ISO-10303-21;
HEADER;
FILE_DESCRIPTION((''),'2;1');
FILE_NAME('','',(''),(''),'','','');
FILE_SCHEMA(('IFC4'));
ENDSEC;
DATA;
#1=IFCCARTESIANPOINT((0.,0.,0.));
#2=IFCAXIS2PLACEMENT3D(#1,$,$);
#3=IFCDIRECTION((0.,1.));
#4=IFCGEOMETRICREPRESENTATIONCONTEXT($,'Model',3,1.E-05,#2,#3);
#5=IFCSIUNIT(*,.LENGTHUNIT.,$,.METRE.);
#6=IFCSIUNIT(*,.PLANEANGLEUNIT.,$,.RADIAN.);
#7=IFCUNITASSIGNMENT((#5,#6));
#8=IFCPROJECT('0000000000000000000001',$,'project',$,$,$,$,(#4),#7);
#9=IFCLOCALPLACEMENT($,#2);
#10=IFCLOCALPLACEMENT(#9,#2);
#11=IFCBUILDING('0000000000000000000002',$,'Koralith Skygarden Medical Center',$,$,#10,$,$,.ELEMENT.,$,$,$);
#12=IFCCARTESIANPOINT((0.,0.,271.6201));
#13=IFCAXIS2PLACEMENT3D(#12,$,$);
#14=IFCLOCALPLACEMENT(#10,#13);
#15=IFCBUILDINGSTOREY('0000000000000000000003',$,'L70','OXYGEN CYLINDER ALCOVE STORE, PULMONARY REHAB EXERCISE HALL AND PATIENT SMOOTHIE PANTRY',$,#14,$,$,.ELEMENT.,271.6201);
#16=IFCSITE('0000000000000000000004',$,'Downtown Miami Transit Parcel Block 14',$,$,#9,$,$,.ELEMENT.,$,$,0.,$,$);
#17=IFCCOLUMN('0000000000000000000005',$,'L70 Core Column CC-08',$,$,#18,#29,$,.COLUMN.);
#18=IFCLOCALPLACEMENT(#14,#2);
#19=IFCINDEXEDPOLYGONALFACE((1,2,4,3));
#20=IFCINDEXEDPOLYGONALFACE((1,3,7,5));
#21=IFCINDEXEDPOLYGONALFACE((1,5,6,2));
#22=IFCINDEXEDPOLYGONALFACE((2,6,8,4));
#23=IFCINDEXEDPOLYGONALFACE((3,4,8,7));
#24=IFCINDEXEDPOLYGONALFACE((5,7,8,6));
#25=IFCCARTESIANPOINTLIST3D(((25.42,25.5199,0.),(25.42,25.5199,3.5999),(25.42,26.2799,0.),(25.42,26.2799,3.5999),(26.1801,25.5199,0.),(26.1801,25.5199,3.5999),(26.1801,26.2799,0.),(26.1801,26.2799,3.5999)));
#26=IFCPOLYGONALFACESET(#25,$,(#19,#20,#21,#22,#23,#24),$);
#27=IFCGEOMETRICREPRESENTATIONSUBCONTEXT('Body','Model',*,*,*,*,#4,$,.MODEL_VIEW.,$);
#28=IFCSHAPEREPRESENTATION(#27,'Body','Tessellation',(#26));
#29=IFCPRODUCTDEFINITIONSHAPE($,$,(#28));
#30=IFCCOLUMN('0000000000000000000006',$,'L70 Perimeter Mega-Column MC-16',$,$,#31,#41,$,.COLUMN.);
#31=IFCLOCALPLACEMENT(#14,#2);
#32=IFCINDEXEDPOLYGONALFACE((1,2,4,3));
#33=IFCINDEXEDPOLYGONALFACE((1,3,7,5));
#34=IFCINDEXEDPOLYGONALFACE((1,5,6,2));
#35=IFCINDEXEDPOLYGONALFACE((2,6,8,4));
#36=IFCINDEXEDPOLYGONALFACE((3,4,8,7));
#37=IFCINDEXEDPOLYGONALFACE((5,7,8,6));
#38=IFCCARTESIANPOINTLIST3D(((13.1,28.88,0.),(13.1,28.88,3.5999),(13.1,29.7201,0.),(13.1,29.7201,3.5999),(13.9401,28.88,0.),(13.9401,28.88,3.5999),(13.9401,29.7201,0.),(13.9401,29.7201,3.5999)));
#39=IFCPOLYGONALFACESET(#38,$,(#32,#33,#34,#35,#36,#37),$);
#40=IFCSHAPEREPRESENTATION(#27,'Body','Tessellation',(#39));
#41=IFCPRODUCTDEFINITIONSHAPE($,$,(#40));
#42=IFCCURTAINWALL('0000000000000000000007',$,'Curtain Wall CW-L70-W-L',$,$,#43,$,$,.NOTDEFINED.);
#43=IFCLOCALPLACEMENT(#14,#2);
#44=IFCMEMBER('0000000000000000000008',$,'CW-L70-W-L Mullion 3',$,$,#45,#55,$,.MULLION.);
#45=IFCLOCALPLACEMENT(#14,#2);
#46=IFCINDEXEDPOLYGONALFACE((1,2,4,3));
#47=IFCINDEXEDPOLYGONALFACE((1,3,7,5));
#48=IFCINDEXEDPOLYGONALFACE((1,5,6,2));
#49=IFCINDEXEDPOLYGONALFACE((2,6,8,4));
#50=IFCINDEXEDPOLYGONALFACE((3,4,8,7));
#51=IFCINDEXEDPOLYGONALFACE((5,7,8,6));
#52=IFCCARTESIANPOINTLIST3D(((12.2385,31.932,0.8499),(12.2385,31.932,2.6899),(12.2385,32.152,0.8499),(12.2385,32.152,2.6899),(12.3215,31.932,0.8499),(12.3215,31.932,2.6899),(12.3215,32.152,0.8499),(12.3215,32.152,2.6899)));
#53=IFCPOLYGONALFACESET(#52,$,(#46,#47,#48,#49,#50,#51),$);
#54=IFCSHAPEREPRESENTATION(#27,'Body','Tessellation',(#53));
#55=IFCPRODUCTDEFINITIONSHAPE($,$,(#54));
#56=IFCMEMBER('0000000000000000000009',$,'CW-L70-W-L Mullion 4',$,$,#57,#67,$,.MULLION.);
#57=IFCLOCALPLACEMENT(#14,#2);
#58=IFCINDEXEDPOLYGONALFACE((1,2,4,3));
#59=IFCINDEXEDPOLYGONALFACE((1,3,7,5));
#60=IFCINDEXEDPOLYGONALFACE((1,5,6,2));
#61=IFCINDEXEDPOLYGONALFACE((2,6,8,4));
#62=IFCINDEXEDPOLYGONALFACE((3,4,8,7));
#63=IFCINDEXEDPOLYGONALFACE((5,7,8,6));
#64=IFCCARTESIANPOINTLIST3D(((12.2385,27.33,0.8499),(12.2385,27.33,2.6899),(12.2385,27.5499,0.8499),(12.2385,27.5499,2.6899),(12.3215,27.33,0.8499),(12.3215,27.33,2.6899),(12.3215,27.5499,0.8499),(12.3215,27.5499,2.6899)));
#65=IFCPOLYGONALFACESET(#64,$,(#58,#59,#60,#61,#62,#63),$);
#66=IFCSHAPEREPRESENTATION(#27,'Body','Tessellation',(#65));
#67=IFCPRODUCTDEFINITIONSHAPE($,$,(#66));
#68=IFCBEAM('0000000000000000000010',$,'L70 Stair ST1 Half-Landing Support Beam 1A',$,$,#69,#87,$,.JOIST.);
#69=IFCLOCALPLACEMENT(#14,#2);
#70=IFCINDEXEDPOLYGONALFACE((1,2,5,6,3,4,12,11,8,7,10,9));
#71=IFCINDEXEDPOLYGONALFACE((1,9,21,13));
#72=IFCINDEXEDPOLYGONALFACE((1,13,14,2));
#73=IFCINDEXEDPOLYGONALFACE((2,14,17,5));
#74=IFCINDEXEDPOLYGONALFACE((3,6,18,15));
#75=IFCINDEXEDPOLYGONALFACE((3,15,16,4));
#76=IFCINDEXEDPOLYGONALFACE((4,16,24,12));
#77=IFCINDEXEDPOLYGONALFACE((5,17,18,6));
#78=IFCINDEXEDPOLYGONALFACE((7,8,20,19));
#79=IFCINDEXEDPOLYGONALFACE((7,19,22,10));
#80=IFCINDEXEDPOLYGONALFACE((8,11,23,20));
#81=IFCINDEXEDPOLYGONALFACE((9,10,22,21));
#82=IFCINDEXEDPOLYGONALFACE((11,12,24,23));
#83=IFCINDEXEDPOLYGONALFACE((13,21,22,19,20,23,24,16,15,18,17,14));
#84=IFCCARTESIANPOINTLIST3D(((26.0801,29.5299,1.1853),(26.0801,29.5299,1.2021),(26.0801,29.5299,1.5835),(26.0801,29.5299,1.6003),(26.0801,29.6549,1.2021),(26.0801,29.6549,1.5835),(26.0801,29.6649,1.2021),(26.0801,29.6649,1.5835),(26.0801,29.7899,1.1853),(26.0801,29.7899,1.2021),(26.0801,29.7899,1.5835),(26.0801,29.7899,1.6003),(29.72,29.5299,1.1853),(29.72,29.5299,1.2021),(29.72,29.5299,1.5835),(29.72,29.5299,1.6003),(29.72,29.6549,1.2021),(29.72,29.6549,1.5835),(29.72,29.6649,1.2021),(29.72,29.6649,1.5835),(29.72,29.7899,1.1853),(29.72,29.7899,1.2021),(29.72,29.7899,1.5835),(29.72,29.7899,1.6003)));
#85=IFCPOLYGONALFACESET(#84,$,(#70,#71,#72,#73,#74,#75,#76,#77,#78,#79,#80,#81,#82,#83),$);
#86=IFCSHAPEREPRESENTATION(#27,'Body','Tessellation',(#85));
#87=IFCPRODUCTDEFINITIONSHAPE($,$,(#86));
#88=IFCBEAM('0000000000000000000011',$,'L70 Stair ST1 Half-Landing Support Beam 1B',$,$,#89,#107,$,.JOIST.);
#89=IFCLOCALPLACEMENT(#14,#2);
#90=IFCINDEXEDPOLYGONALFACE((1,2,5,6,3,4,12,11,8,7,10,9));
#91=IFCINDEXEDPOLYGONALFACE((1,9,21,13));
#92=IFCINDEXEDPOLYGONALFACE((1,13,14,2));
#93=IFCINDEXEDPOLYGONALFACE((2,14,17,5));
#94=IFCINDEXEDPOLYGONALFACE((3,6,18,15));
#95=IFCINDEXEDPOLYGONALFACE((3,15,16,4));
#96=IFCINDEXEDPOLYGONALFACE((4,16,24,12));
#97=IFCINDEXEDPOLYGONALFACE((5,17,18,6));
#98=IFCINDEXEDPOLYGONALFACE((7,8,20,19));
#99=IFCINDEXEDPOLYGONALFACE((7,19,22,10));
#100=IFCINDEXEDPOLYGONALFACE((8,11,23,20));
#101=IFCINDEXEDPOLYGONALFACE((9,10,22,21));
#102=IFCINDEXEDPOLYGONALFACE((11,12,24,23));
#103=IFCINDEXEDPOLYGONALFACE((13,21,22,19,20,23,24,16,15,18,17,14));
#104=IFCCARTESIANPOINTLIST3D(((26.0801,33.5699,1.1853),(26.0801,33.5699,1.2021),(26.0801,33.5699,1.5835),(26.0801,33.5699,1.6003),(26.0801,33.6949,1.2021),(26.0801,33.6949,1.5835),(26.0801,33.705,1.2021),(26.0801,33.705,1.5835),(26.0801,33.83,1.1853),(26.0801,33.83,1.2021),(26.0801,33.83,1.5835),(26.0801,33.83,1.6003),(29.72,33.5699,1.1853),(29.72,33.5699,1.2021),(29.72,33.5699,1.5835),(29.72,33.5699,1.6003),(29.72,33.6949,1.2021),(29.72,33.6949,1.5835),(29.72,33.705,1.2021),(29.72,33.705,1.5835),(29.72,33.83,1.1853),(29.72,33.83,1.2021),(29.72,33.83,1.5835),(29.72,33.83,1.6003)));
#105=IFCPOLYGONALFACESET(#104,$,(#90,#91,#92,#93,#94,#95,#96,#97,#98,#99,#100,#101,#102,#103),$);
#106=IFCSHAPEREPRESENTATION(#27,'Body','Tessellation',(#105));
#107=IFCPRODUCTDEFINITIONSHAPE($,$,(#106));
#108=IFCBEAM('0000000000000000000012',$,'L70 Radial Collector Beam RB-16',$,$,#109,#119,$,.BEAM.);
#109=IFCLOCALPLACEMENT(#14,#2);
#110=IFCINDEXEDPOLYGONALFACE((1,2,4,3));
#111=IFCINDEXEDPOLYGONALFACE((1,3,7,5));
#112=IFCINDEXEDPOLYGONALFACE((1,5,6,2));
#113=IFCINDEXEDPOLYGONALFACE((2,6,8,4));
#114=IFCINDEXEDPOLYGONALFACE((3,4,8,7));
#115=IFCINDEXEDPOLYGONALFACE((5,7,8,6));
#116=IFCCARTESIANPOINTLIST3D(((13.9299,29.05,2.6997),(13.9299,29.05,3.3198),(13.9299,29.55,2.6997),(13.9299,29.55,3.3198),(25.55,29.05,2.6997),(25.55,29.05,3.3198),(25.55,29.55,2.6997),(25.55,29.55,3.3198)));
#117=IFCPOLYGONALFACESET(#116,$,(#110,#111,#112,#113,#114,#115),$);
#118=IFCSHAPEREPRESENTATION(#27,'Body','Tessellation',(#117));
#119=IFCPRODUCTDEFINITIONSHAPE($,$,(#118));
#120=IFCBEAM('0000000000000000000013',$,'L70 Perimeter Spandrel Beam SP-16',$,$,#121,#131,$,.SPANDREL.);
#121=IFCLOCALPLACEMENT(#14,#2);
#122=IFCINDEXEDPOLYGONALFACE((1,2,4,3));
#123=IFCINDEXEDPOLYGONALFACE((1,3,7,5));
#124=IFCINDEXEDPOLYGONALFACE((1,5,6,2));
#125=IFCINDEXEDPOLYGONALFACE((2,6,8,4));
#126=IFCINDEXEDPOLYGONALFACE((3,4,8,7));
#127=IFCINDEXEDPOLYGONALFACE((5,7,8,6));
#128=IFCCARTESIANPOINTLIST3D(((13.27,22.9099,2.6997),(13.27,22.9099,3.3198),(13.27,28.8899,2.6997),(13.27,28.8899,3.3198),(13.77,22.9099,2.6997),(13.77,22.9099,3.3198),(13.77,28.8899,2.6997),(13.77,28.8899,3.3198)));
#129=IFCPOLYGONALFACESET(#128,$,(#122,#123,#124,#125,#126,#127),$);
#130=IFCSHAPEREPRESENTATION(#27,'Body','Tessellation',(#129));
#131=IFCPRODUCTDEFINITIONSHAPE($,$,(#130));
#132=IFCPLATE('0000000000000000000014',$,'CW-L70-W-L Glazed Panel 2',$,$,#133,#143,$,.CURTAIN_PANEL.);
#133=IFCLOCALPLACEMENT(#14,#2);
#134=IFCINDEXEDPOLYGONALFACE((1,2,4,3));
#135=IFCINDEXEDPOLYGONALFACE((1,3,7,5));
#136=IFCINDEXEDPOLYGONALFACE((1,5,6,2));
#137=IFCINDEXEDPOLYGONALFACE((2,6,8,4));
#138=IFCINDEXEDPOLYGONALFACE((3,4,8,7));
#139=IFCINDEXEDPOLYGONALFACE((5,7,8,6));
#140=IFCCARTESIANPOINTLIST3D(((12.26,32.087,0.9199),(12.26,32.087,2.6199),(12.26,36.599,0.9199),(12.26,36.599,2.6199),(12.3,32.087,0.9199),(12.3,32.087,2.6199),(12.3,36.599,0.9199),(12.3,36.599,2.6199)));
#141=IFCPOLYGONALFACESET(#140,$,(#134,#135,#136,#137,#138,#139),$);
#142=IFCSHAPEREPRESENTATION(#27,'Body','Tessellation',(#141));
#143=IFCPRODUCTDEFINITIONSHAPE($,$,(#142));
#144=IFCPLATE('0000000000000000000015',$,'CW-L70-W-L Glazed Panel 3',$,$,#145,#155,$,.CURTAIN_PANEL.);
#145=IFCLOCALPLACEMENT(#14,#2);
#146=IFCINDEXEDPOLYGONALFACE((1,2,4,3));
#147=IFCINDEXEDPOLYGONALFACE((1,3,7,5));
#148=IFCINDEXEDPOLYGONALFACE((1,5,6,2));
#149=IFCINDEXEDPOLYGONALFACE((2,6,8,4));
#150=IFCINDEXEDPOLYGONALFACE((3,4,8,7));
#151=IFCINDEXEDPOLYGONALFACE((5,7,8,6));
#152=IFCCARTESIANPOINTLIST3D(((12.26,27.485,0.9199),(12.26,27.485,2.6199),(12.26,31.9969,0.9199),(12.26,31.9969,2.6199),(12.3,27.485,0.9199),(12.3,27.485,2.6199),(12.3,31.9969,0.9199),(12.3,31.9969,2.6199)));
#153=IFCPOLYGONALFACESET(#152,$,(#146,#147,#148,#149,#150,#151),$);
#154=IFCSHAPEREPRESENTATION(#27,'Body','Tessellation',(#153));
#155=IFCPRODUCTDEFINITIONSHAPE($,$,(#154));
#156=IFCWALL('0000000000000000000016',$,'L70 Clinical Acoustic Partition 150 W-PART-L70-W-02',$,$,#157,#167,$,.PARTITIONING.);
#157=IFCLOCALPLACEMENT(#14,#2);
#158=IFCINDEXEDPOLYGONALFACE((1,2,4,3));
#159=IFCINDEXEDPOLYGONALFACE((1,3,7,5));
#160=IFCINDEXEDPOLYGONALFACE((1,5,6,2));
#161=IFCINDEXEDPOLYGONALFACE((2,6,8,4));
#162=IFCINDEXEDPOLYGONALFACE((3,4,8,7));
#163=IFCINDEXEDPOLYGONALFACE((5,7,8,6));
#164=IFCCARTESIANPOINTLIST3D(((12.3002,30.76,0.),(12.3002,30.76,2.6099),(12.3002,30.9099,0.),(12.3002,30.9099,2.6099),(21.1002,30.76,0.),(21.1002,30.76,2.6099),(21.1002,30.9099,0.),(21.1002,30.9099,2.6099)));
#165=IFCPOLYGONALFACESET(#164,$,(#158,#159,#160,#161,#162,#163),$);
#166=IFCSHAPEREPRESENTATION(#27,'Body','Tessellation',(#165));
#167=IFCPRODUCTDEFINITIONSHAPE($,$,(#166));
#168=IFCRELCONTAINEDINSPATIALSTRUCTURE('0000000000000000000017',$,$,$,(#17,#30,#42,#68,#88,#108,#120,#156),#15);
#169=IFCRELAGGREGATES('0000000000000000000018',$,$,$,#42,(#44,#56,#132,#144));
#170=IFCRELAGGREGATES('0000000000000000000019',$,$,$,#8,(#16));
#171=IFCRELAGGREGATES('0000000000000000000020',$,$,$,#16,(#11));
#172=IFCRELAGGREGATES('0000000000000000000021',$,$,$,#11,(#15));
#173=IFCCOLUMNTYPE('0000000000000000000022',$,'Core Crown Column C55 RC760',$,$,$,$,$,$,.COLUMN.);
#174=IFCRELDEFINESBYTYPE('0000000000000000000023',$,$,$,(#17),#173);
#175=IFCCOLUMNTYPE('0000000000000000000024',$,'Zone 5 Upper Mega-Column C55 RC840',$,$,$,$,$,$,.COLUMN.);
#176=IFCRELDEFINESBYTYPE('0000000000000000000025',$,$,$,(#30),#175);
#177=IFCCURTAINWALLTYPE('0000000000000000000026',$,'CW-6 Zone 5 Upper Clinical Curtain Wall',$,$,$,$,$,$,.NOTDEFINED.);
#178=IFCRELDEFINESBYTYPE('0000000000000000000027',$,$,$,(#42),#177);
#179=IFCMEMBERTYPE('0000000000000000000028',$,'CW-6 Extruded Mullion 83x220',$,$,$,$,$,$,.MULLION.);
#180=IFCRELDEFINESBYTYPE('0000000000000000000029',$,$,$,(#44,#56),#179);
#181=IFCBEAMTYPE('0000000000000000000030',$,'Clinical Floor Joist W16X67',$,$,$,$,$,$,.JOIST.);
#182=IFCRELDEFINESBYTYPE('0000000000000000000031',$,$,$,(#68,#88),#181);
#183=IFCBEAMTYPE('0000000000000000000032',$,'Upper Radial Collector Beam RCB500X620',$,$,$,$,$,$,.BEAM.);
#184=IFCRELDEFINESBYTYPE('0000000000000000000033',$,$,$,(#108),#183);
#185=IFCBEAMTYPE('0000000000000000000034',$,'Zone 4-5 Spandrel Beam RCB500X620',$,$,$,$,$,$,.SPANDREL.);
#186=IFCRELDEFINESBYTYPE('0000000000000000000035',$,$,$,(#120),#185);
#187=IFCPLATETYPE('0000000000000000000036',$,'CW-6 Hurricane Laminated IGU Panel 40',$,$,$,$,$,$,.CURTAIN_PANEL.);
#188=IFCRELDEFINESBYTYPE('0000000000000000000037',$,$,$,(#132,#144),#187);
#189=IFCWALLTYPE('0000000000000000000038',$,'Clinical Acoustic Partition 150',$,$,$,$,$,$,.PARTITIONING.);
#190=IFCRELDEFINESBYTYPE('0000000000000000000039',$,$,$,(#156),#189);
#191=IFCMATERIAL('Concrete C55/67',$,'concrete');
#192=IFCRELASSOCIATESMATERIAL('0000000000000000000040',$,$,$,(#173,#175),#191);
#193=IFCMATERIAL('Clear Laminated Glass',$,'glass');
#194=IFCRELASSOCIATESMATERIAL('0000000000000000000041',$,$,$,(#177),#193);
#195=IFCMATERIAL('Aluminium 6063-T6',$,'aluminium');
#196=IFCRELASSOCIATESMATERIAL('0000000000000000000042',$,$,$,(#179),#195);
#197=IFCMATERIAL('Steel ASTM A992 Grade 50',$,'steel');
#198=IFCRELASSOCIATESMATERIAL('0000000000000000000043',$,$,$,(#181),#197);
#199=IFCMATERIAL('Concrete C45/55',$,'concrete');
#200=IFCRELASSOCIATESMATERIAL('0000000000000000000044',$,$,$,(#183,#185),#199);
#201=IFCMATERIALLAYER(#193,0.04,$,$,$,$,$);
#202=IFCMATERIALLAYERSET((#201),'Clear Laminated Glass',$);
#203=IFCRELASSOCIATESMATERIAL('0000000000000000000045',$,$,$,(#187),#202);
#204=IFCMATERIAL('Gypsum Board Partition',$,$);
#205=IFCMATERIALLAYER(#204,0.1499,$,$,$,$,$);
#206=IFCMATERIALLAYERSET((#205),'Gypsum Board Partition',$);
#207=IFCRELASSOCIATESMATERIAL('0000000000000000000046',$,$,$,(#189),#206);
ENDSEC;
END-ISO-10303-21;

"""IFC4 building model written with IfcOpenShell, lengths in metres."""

from ifc_helpers import new_model, si_unit, direction, frame, frame_2d, origin, origin_2d, place, context, subcontext, project, spatial, rectangle, i_section, extrude, material, layer, layer_set, material_profile, profile_set, type_object, element, aggregate, save


model = new_model("IFC4")

# Units and contexts
model_context = context("Model", 3, precision=1e-05, world=origin(), true_north=direction((0.0, 1.0)))
body_context = subcontext(model_context, "Body", "Model", "MODEL_VIEW")
ifc_project = project(units=[si_unit("LENGTHUNIT", "METRE"), si_unit("PLANEANGLEUNIT", "RADIAN")], contexts=[model_context])

# Site, building, storey
site_placement = place(None, origin())
site = spatial("IfcSite", under=ifc_project, at=site_placement, Name="Downtown Miami Transit Parcel Block 14", CompositionType="ELEMENT", RefElevation=0.0)
building_placement = place(site_placement, origin())
building = spatial("IfcBuilding", under=site, at=building_placement, Name="Koralith Skygarden Medical Center", CompositionType="ELEMENT")
storey_placement = place(building_placement, frame((0.0, 0.0, 271.6201)))
storey = spatial("IfcBuildingStorey", under=building, at=storey_placement, Name="L70", Description="OXYGEN CYLINDER ALCOVE STORE, PULMONARY REHAB EXERCISE HALL AND PATIENT SMOOTHIE PANTRY", CompositionType="ELEMENT", Elevation=271.6201)

# Columns
ifc_material_1 = material(Name="Concrete C55/67", Category="concrete")
ifc_material_profile_1 = material_profile(ifc_material_1, rectangle(XDim=0.76, YDim=0.76, at=origin_2d()), Name="RC760X760")
ifc_profile_set_1 = profile_set([ifc_material_profile_1], Name="Concrete C55/67")
column_type_1 = type_object("IfcColumnType", Name="Core Crown Column C55 RC760", PredefinedType="COLUMN", material=ifc_profile_set_1)
column_1_placement = place(storey_placement, frame((25.8, 25.8999, 0.0), z_axis=(0.0, 0.0, 1.0), x_axis=(1.0, 0.0, 0.0)))
element("IfcColumn", 1, at=column_1_placement, inside=storey, type_object=column_type_1, Name="L70 Core Column CC-08", PredefinedType="COLUMN", context=body_context, shape_type="SweptSolid", body=[
    extrude(rectangle(XDim=0.76, YDim=0.76, at=origin_2d()), origin(), (0.0, 0.0, 1.0), 3.5999),
])
ifc_material_profile_2 = material_profile(ifc_material_1, rectangle(XDim=0.8401, YDim=0.8401, at=origin_2d()), Name="RC840X840")
ifc_profile_set_2 = profile_set([ifc_material_profile_2], Name="Concrete C55/67")
column_type_2 = type_object("IfcColumnType", Name="Zone 5 Upper Mega-Column C55 RC840", PredefinedType="COLUMN", material=ifc_profile_set_2)
column_2_placement = place(storey_placement, frame((13.52, 29.3, 0.0), z_axis=(0.0, 0.0, 1.0), x_axis=(1.0, 0.0, 0.0)))
element("IfcColumn", 2, at=column_2_placement, inside=storey, type_object=column_type_2, Name="L70 Perimeter Mega-Column MC-16", PredefinedType="COLUMN", context=body_context, shape_type="SweptSolid", body=[
    extrude(rectangle(XDim=0.8401, YDim=0.8401, at=origin_2d()), origin(), (0.0, 0.0, 1.0), 3.5999),
])

# Curtain wall, members
ifc_material_2 = material(Name="Clear Laminated Glass", Category="glass")
curtain_wall_type = type_object("IfcCurtainWallType", Name="CW-6 Zone 5 Upper Clinical Curtain Wall", PredefinedType="NOTDEFINED", material=ifc_material_2)
curtain_wall_placement = place(storey_placement, origin())
curtain_wall = element("IfcCurtainWall", 3, at=curtain_wall_placement, inside=storey, type_object=curtain_wall_type, Name="Curtain Wall CW-L70-W-L", PredefinedType="NOTDEFINED")
ifc_material_3 = material(Name="Aluminium 6063-T6", Category="aluminium")
ifc_material_profile_3 = material_profile(ifc_material_3, rectangle(XDim=0.083, YDim=0.22, at=origin_2d()), Name="MUL83X220")
ifc_profile_set_3 = profile_set([ifc_material_profile_3], Name="Aluminium 6063-T6")
member_type = type_object("IfcMemberType", Name="CW-6 Extruded Mullion 83x220", PredefinedType="MULLION", material=ifc_profile_set_3)
member_1_placement = place(storey_placement, frame((12.28, 32.042, 0.8499), z_axis=(0.0, 0.0, 1.0), x_axis=(1.0, 0.0, 0.0)))
member_1 = element("IfcMember", 4, at=member_1_placement, type_object=member_type, Name="CW-L70-W-L Mullion 3", PredefinedType="MULLION", context=body_context, shape_type="SweptSolid", body=[
    extrude(rectangle(XDim=0.083, YDim=0.22, at=origin_2d()), origin(), (0.0, 0.0, 1.0), 1.8401),
])
member_2_placement = place(storey_placement, frame((12.28, 27.4399, 0.8499), z_axis=(0.0, 0.0, 1.0), x_axis=(1.0, 0.0, 0.0)))
member_2 = element("IfcMember", 5, at=member_2_placement, type_object=member_type, Name="CW-L70-W-L Mullion 4", PredefinedType="MULLION", context=body_context, shape_type="SweptSolid", body=[
    extrude(rectangle(XDim=0.083, YDim=0.22, at=origin_2d()), origin(), (0.0, 0.0, 1.0), 1.8401),
])

# Beams
ifc_material_4 = material(Name="Steel ASTM A992 Grade 50", Category="steel")
ifc_material_profile_4 = material_profile(ifc_material_4, i_section(OverallWidth=0.26, OverallDepth=0.415, WebThickness=0.01, FlangeThickness=0.0168, at=origin_2d()), Name="W16X67")
ifc_profile_set_4 = profile_set([ifc_material_profile_4], Name="Steel ASTM A992 Grade 50")
beam_type_1 = type_object("IfcBeamType", Name="Clinical Floor Joist W16X67", PredefinedType="JOIST", material=ifc_profile_set_4)
for number, where, z_axis, x_axis, name in (
    (6, (26.0801, 29.6599, 1.3928), (1.0, 0.0, 0.0), (0.0, 1.0, 0.0), "L70 Stair ST1 Half-Landing Support Beam 1A"),
    (7, (26.0801, 33.7, 1.3928), (1.0, 0.0, 0.0), (0.0, 1.0, 0.0), "L70 Stair ST1 Half-Landing Support Beam 1B"),
):
    element("IfcBeam", number, at=place(storey_placement, frame(where, z_axis=z_axis, x_axis=x_axis)), inside=storey, type_object=beam_type_1, Name=name, PredefinedType="JOIST", context=body_context, shape_type="SweptSolid", body=[
        extrude(i_section(OverallWidth=0.26, OverallDepth=0.415, WebThickness=0.01, FlangeThickness=0.0168, at=origin_2d()), origin(), (0.0, 0.0, 1.0), 3.6399),
    ])
ifc_material_5 = material(Name="Concrete C45/55", Category="concrete")
ifc_material_profile_5 = material_profile(ifc_material_5, rectangle(XDim=0.5, YDim=0.6201, at=origin_2d()), Name="RCB500X620")
ifc_profile_set_5 = profile_set([ifc_material_profile_5], Name="Concrete C45/55")
beam_type_2 = type_object("IfcBeamType", Name="Upper Radial Collector Beam RCB500X620", PredefinedType="BEAM", material=ifc_profile_set_5)
beam_1_placement = place(storey_placement, frame((25.55, 29.3, 3.0098), z_axis=(-1.0, 0.0, 0.0), x_axis=(0.0, -1.0, 0.0)))
element("IfcBeam", 8, at=beam_1_placement, inside=storey, type_object=beam_type_2, Name="L70 Radial Collector Beam RB-16", PredefinedType="BEAM", context=body_context, shape_type="SweptSolid", body=[
    extrude(rectangle(XDim=0.5, YDim=0.6201, at=origin_2d()), origin(), (0.0, 0.0, 1.0), 11.6201),
])
ifc_material_profile_6 = material_profile(ifc_material_5, rectangle(XDim=0.5, YDim=0.6201, at=origin_2d()), Name="RCB500X620")
ifc_profile_set_6 = profile_set([ifc_material_profile_6], Name="Concrete C45/55")
beam_type_3 = type_object("IfcBeamType", Name="Zone 4-5 Spandrel Beam RCB500X620", PredefinedType="SPANDREL", material=ifc_profile_set_6)
beam_2_placement = place(storey_placement, frame((13.52, 28.8899, 3.0098), z_axis=(0.0, -1.0, 0.0), x_axis=(1.0, 0.0, 0.0)))
element("IfcBeam", 9, at=beam_2_placement, inside=storey, type_object=beam_type_3, Name="L70 Perimeter Spandrel Beam SP-16", PredefinedType="SPANDREL", context=body_context, shape_type="SweptSolid", body=[
    extrude(rectangle(XDim=0.5, YDim=0.6201, at=origin_2d()), origin(), (0.0, 0.0, 1.0), 5.98),
])

# Plates
ifc_layer_1 = layer(ifc_material_2, 0.04)
ifc_layer_set_1 = layer_set([ifc_layer_1], Name="Clear Laminated Glass")
plate_type = type_object("IfcPlateType", Name="CW-6 Hurricane Laminated IGU Panel 40", PredefinedType="CURTAIN_PANEL", material=ifc_layer_set_1)
plate_1_placement = place(storey_placement, frame((12.28, 34.343, 0.9199), z_axis=(0.0, 0.0, 1.0), x_axis=(0.0, -1.0, 0.0)))
plate_1 = element("IfcPlate", 10, at=plate_1_placement, type_object=plate_type, Name="CW-L70-W-L Glazed Panel 2", PredefinedType="CURTAIN_PANEL", context=body_context, shape_type="SweptSolid", body=[
    extrude(rectangle(XDim=4.512, YDim=0.04, at=origin_2d()), origin(), (0.0, 0.0, 1.0), 1.7),
])
plate_2_placement = place(storey_placement, frame((12.28, 29.741, 0.9199), z_axis=(0.0, 0.0, 1.0), x_axis=(0.0, -1.0, 0.0)))
plate_2 = element("IfcPlate", 11, at=plate_2_placement, type_object=plate_type, Name="CW-L70-W-L Glazed Panel 3", PredefinedType="CURTAIN_PANEL", context=body_context, shape_type="SweptSolid", body=[
    extrude(rectangle(XDim=4.512, YDim=0.04, at=origin_2d()), origin(), (0.0, 0.0, 1.0), 1.7),
])
aggregate(curtain_wall, [member_1, member_2, plate_1, plate_2])

# Wall
ifc_material_6 = material(Name="Gypsum Board Partition")
ifc_layer_2 = layer(ifc_material_6, 0.1499)
ifc_layer_set_2 = layer_set([ifc_layer_2], Name="Gypsum Board Partition")
wall_type_1 = type_object("IfcWallType", Name="Clinical Acoustic Partition 150", PredefinedType="PARTITIONING", material=ifc_layer_set_2)
wall_1_placement = place(storey_placement, frame((21.1001, 30.835, 0.0), z_axis=(0.0, 0.0, 1.0), x_axis=(-1.0, 0.0, 0.0)))
element("IfcWall", 12, at=wall_1_placement, inside=storey, type_object=wall_type_1, Name="L70 Clinical Acoustic Partition 150 W-PART-L70-W-02", PredefinedType="PARTITIONING", context=body_context, shape_type="SweptSolid", body=[
    extrude(rectangle(XDim=8.8, YDim=0.1499, at=frame_2d((4.3999, 0.0))), origin(), (0.0, 0.0, 1.0), 2.6099),
])

save(model, "model.ifc")
